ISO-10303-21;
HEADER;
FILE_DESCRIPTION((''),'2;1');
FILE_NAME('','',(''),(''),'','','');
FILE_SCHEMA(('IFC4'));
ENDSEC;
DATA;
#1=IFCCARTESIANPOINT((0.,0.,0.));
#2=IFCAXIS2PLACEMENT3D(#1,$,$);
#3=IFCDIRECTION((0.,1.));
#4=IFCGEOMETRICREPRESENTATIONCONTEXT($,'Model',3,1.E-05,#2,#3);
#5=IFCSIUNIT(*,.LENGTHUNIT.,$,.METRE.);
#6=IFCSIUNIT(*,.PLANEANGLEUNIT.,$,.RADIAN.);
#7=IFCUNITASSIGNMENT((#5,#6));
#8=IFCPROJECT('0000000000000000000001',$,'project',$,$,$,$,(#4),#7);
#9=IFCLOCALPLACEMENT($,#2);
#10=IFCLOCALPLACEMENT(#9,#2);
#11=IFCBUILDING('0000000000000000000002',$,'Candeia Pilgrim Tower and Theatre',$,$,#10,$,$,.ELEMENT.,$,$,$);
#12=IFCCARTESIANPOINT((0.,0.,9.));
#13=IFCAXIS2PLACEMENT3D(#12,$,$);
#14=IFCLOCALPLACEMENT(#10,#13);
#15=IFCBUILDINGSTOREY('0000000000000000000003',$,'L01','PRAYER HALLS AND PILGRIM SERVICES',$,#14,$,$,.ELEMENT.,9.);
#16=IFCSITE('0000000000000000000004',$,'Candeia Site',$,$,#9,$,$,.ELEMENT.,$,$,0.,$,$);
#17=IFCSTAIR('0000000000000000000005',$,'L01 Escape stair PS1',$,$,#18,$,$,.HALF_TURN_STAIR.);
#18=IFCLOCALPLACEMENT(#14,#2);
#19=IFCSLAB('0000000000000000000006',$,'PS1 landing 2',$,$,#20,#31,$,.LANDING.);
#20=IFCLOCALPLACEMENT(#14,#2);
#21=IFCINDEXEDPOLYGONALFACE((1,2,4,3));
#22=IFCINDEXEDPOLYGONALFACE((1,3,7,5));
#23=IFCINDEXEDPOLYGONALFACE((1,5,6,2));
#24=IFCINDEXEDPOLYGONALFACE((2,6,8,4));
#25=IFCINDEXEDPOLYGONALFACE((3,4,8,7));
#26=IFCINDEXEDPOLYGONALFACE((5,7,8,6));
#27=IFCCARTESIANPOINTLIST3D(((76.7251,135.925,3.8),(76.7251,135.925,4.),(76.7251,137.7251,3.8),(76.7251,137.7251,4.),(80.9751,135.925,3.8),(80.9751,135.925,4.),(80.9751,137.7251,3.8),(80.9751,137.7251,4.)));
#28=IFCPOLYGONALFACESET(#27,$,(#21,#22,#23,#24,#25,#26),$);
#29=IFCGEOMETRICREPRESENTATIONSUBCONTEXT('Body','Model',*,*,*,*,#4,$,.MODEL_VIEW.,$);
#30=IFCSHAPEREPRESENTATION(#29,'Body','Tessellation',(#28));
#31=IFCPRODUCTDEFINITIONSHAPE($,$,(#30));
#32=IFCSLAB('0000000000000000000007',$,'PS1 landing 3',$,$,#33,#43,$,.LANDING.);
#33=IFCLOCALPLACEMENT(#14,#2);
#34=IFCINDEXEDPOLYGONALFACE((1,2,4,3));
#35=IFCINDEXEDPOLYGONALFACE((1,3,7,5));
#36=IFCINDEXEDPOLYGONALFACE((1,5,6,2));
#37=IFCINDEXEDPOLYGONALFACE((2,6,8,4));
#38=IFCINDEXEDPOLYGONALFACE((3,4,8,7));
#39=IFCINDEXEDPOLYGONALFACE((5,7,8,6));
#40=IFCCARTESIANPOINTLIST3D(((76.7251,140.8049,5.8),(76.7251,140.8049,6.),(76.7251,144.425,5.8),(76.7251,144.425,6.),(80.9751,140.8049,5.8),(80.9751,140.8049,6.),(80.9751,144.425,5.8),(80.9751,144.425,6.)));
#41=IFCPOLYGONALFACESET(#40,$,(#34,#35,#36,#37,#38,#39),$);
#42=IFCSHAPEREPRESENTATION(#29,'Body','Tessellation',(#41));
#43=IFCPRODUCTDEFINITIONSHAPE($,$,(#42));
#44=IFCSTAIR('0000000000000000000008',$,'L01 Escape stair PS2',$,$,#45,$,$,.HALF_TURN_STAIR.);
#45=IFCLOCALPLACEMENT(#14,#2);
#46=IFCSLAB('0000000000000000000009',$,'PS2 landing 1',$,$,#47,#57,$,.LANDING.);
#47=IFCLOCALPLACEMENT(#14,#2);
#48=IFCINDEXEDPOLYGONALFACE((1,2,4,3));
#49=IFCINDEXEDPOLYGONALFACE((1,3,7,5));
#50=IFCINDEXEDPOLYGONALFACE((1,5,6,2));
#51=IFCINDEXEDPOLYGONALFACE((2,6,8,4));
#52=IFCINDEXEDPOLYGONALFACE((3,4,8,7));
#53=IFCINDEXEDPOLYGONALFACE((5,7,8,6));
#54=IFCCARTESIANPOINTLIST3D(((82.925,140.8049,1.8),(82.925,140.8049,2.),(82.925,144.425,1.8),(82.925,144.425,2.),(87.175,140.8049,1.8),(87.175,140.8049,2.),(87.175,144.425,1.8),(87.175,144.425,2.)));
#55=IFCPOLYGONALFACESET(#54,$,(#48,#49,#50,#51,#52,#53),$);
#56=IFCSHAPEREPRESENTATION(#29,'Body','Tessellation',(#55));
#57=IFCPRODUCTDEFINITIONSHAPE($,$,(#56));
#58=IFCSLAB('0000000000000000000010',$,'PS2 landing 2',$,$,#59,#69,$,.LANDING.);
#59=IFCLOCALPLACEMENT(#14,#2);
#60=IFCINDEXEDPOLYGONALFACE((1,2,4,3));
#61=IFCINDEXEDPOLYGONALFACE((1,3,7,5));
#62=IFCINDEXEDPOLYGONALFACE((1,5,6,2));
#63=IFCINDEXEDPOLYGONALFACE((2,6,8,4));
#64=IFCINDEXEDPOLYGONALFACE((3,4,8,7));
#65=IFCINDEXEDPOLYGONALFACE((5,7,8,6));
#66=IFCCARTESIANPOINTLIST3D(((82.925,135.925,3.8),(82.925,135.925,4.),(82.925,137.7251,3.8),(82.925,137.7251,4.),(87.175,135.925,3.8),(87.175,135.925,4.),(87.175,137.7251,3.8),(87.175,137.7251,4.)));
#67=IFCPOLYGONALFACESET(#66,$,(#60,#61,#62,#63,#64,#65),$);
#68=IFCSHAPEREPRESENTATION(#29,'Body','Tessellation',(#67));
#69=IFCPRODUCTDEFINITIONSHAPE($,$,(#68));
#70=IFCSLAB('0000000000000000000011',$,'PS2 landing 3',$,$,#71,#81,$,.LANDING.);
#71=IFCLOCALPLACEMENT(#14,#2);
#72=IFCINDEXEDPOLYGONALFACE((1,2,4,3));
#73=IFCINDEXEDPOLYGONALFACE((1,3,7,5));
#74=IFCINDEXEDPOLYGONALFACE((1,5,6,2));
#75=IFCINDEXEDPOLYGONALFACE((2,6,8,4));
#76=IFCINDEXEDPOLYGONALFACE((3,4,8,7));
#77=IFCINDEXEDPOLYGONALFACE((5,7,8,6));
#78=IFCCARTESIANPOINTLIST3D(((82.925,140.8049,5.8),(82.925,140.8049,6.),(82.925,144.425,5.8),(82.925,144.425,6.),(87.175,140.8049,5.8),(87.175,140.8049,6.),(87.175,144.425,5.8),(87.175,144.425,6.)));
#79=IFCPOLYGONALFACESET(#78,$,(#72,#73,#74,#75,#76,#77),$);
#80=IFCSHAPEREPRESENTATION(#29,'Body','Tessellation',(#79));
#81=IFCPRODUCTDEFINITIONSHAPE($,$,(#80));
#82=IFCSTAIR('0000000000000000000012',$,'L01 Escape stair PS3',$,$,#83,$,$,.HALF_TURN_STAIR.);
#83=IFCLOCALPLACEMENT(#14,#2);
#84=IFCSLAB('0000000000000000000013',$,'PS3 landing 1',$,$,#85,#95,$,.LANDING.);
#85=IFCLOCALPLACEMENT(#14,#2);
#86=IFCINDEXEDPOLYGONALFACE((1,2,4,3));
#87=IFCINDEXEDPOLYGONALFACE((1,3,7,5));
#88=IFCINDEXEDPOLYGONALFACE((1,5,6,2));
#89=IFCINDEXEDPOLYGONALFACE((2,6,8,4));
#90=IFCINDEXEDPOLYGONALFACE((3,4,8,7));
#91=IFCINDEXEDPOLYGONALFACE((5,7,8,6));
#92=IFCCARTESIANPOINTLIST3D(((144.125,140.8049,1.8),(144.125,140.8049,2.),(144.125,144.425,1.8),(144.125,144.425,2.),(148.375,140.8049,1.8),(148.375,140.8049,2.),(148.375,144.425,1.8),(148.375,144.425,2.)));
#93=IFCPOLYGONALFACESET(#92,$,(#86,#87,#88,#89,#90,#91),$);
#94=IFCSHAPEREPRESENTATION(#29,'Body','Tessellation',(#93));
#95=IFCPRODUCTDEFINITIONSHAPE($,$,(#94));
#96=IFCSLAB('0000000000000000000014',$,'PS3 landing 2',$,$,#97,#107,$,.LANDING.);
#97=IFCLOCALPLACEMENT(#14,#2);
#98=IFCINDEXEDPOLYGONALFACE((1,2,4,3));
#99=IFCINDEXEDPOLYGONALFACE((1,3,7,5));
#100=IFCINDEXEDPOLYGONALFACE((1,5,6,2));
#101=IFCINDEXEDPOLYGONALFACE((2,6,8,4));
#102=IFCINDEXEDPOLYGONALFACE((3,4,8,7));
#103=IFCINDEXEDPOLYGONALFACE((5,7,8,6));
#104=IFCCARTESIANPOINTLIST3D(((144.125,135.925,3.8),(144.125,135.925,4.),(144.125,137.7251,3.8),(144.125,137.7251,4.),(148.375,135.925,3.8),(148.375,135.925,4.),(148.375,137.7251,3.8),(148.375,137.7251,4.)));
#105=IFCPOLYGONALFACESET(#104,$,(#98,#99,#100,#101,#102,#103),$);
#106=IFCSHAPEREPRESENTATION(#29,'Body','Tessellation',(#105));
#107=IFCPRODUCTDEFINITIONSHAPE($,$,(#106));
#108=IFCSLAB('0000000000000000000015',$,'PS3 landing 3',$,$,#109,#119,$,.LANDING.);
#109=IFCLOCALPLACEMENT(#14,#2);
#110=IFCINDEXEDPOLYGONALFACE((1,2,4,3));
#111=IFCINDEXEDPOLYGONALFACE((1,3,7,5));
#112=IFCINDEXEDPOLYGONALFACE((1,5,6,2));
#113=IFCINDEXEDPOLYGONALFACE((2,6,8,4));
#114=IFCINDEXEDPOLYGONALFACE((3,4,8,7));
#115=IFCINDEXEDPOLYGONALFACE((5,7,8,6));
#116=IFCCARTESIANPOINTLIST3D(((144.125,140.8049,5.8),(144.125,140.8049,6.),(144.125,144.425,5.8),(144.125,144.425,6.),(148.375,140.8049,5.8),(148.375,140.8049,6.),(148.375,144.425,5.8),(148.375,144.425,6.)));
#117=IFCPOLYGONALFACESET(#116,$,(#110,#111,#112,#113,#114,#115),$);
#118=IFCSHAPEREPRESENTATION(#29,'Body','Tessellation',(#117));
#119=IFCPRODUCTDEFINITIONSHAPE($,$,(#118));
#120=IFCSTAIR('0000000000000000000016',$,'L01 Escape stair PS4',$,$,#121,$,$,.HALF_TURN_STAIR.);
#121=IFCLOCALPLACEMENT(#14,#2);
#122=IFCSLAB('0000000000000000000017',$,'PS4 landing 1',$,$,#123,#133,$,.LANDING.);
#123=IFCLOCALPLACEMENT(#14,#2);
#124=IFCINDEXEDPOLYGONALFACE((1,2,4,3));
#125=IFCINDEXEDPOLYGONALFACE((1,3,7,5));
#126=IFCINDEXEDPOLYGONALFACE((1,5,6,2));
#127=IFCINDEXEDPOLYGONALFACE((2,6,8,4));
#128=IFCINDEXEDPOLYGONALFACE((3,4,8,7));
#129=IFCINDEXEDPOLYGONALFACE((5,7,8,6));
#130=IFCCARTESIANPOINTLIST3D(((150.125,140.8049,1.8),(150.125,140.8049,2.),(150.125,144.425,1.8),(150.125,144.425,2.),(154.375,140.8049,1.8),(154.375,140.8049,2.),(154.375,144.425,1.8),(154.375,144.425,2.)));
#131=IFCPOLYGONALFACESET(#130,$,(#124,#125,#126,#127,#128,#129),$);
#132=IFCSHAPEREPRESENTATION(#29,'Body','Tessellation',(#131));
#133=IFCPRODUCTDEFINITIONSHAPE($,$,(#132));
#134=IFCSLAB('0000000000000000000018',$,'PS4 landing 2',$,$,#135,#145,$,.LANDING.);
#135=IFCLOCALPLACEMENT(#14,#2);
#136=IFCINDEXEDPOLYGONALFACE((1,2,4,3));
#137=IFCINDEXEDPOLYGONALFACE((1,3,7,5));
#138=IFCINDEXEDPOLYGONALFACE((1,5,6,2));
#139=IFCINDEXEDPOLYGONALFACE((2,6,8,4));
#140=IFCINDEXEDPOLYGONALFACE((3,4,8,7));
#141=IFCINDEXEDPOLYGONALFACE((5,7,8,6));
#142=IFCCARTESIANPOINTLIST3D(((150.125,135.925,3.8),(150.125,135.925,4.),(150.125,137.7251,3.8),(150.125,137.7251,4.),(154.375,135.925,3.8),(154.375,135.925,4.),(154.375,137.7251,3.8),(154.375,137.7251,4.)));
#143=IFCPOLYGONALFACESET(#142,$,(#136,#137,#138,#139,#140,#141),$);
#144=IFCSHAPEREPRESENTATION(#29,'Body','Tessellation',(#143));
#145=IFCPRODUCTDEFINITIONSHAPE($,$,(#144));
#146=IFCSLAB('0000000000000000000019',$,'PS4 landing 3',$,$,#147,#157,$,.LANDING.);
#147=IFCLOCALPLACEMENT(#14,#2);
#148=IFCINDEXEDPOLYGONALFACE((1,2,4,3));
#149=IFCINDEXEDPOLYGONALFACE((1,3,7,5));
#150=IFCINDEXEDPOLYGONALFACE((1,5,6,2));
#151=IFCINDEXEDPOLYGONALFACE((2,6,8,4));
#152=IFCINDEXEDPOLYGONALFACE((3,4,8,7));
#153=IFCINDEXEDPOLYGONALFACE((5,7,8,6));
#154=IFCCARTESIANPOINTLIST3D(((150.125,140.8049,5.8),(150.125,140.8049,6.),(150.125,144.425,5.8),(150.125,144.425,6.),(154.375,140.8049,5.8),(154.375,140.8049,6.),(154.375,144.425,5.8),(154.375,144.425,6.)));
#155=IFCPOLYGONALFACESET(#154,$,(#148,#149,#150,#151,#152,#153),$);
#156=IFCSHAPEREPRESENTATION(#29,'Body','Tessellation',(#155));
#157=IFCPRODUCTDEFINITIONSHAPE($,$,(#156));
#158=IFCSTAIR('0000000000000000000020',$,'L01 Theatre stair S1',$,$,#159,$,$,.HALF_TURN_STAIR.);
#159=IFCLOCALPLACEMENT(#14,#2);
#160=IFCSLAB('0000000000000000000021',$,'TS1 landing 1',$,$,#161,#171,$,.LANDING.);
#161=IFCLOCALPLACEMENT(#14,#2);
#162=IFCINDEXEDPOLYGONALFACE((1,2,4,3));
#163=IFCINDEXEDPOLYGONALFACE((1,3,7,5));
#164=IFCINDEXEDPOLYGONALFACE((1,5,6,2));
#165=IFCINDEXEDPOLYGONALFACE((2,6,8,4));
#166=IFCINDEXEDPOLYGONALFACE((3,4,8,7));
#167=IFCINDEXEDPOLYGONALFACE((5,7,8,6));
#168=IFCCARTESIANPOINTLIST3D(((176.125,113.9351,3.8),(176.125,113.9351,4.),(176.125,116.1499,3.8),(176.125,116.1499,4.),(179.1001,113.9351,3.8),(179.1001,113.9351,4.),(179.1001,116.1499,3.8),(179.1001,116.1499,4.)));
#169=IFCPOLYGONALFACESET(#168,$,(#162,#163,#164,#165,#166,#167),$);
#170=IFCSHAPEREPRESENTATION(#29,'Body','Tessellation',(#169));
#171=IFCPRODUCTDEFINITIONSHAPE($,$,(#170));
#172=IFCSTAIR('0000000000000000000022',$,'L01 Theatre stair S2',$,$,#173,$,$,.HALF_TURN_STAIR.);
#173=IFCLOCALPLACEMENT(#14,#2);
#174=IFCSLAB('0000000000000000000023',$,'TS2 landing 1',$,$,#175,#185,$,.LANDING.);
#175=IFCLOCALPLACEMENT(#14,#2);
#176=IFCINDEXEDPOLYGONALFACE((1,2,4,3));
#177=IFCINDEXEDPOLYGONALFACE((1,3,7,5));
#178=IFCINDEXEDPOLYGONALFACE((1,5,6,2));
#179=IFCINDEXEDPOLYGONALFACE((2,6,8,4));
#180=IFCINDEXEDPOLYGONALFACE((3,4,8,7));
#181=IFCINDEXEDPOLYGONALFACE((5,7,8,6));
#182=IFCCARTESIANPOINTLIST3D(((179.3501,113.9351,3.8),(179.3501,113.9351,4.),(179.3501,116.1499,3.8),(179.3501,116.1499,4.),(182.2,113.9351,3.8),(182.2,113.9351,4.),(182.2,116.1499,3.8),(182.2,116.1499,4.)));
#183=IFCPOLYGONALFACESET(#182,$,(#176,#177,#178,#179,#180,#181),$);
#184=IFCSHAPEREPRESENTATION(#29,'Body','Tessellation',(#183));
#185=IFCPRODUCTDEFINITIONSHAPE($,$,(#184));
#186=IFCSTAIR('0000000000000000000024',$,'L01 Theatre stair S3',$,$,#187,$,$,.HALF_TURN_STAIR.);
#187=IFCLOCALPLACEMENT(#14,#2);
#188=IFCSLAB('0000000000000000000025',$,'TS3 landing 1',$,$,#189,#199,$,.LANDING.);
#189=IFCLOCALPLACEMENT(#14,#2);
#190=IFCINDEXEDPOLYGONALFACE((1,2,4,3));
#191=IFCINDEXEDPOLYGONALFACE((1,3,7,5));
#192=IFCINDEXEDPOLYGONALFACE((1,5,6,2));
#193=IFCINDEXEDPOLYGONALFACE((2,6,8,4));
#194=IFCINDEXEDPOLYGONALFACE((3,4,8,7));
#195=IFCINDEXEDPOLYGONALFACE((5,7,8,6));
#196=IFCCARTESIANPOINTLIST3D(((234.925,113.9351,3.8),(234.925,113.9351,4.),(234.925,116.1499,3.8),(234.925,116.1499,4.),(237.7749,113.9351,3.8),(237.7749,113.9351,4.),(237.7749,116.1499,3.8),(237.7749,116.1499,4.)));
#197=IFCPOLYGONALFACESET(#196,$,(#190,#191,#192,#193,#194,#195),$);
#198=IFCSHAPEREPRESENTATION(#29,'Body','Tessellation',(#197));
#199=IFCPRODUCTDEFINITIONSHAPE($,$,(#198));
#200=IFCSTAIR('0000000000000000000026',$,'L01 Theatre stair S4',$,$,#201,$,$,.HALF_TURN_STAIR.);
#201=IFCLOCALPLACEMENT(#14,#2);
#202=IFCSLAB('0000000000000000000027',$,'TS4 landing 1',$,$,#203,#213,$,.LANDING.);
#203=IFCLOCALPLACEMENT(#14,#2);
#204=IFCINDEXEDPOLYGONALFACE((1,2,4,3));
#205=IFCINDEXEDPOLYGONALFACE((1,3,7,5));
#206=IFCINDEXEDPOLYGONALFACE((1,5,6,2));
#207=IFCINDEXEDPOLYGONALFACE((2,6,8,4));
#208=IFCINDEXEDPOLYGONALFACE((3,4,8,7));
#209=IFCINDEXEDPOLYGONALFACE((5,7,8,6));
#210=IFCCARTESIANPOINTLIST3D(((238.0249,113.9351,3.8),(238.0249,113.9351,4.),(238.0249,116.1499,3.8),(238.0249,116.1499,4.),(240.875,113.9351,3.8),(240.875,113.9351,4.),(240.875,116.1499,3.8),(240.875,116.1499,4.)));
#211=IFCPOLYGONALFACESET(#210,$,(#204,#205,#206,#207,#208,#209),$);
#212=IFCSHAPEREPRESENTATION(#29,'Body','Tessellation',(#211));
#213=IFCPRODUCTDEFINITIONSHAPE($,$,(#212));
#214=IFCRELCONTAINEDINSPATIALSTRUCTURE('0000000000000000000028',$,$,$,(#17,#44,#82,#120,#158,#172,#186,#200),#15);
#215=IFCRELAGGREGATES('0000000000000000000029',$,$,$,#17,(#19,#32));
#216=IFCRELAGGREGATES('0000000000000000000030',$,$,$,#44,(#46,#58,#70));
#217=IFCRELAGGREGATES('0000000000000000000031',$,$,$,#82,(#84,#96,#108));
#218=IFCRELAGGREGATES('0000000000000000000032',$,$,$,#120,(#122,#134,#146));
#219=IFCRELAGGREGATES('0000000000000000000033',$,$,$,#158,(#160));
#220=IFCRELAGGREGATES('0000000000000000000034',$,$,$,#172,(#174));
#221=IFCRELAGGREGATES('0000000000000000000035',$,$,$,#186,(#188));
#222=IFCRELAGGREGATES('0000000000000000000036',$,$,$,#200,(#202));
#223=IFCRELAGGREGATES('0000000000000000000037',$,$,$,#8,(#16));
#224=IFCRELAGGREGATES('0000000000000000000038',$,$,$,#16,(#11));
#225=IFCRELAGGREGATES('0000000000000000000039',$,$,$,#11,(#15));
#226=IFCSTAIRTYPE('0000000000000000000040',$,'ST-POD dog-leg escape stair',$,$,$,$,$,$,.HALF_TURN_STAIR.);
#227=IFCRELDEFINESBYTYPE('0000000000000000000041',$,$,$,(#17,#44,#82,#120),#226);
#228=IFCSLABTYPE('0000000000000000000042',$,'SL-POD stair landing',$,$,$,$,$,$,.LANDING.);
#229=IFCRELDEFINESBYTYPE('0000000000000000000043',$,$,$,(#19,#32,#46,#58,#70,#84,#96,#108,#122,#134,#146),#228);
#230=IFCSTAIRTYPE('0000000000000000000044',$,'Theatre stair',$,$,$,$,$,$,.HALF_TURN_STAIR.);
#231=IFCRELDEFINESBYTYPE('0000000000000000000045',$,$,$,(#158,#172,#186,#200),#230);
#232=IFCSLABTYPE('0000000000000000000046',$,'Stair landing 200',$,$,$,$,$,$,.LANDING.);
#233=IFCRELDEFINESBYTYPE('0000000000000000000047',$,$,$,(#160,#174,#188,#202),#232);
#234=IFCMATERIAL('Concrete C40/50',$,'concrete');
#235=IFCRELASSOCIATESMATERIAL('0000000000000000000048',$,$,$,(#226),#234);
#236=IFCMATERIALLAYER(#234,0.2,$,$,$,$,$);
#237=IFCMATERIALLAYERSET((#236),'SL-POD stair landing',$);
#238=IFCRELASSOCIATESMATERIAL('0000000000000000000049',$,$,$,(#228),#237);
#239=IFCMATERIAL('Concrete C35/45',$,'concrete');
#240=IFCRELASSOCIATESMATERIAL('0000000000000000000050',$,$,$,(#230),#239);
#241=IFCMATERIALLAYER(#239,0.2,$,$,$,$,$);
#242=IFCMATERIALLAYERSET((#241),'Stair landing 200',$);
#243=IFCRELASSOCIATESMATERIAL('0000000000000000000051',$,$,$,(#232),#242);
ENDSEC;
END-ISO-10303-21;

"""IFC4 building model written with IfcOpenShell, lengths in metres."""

from ifc_helpers import new_model, si_unit, direction, frame, origin, place, context, subcontext, project, spatial, polyline, outline, extrude, material, layer, layer_set, type_object, element, aggregate, save


model = new_model("IFC4")

# Units and contexts
model_context = context("Model", 3, precision=1e-05, world=origin(), true_north=direction((0.0, 1.0)))
body_context = subcontext(model_context, "Body", "Model", "MODEL_VIEW")
ifc_project = project(units=[si_unit("LENGTHUNIT", "METRE"), si_unit("PLANEANGLEUNIT", "RADIAN")], contexts=[model_context])

# Site, building, storey
site_placement = place(None, origin())
site = spatial("IfcSite", under=ifc_project, at=site_placement, Name="Candeia Site", CompositionType="ELEMENT", RefElevation=0.0)
building_placement = place(site_placement, origin())
building = spatial("IfcBuilding", under=site, at=building_placement, Name="Candeia Pilgrim Tower and Theatre", CompositionType="ELEMENT")
storey_placement = place(building_placement, frame((0.0, 0.0, 9.0)))
storey = spatial("IfcBuildingStorey", under=building, at=storey_placement, Name="L01", Description="PRAYER HALLS AND PILGRIM SERVICES", CompositionType="ELEMENT", Elevation=9.0)

# Shared definitions
ifc_material_1 = material(Name="Concrete C35/45", Category="concrete")
ifc_material_2 = material(Name="Concrete C40/50", Category="concrete")

# Stairs, slabs
stair_type_1 = type_object("IfcStairType", Name="ST-POD dog-leg escape stair", PredefinedType="HALF_TURN_STAIR", material=ifc_material_2)
stair_1_placement = place(storey_placement, origin())
stair_1 = element("IfcStair", 1, at=stair_1_placement, inside=storey, type_object=stair_type_1, Name="L01 Escape stair PS1", PredefinedType="HALF_TURN_STAIR")
ifc_layer_1 = layer(ifc_material_2, 0.2)
ifc_layer_set_1 = layer_set([ifc_layer_1], Name="SL-POD stair landing")
slab_type_1 = type_object("IfcSlabType", Name="SL-POD stair landing", PredefinedType="LANDING", material=ifc_layer_set_1)
slab_1_placement = place(storey_placement, frame((0.0, 0.0, 3.8)))
slab_1 = element("IfcSlab", 2, at=slab_1_placement, type_object=slab_type_1, Name="PS1 landing 2", PredefinedType="LANDING", context=body_context, shape_type="SweptSolid", body=[
    extrude(outline(polyline([(80.9751, 135.925), (80.9751, 137.7251), (76.7251, 137.7251), (76.7251, 135.925), (80.9751, 135.925)])), origin(), (0.0, 0.0, 1.0), 0.2),
])
slab_2_placement = place(storey_placement, frame((0.0, 0.0, 5.8)))
slab_2 = element("IfcSlab", 3, at=slab_2_placement, type_object=slab_type_1, Name="PS1 landing 3", PredefinedType="LANDING", context=body_context, shape_type="SweptSolid", body=[
    extrude(outline(polyline([(80.9751, 140.8049), (80.9751, 144.425), (76.7251, 144.425), (76.7251, 140.8049), (80.9751, 140.8049)])), origin(), (0.0, 0.0, 1.0), 0.2),
])
aggregate(stair_1, [slab_1, slab_2])
stair_2_placement = place(storey_placement, origin())
stair_2 = element("IfcStair", 4, at=stair_2_placement, inside=storey, type_object=stair_type_1, Name="L01 Escape stair PS2", PredefinedType="HALF_TURN_STAIR")
slab_3_placement = place(storey_placement, frame((0.0, 0.0, 1.8)))
slab_3 = element("IfcSlab", 5, at=slab_3_placement, type_object=slab_type_1, Name="PS2 landing 1", PredefinedType="LANDING", context=body_context, shape_type="SweptSolid", body=[
    extrude(outline(polyline([(87.175, 140.8049), (87.175, 144.425), (82.925, 144.425), (82.925, 140.8049), (87.175, 140.8049)])), origin(), (0.0, 0.0, 1.0), 0.2),
])
slab_4_placement = place(storey_placement, frame((0.0, 0.0, 3.8)))
slab_4 = element("IfcSlab", 6, at=slab_4_placement, type_object=slab_type_1, Name="PS2 landing 2", PredefinedType="LANDING", context=body_context, shape_type="SweptSolid", body=[
    extrude(outline(polyline([(87.175, 135.925), (87.175, 137.7251), (82.925, 137.7251), (82.925, 135.925), (87.175, 135.925)])), origin(), (0.0, 0.0, 1.0), 0.2),
])
slab_5_placement = place(storey_placement, frame((0.0, 0.0, 5.8)))
slab_5 = element("IfcSlab", 7, at=slab_5_placement, type_object=slab_type_1, Name="PS2 landing 3", PredefinedType="LANDING", context=body_context, shape_type="SweptSolid", body=[
    extrude(outline(polyline([(87.175, 140.8049), (87.175, 144.425), (82.925, 144.425), (82.925, 140.8049), (87.175, 140.8049)])), origin(), (0.0, 0.0, 1.0), 0.2),
])
aggregate(stair_2, [slab_3, slab_4, slab_5])
stair_3_placement = place(storey_placement, origin())
stair_3 = element("IfcStair", 8, at=stair_3_placement, inside=storey, type_object=stair_type_1, Name="L01 Escape stair PS3", PredefinedType="HALF_TURN_STAIR")
slab_6_placement = place(storey_placement, frame((0.0, 0.0, 1.8)))
slab_6 = element("IfcSlab", 9, at=slab_6_placement, type_object=slab_type_1, Name="PS3 landing 1", PredefinedType="LANDING", context=body_context, shape_type="SweptSolid", body=[
    extrude(outline(polyline([(148.375, 140.8049), (148.375, 144.425), (144.125, 144.425), (144.125, 140.8049), (148.375, 140.8049)])), origin(), (0.0, 0.0, 1.0), 0.2),
])
slab_7_placement = place(storey_placement, frame((0.0, 0.0, 3.8)))
slab_7 = element("IfcSlab", 10, at=slab_7_placement, type_object=slab_type_1, Name="PS3 landing 2", PredefinedType="LANDING", context=body_context, shape_type="SweptSolid", body=[
    extrude(outline(polyline([(148.375, 135.925), (148.375, 137.7251), (144.125, 137.7251), (144.125, 135.925), (148.375, 135.925)])), origin(), (0.0, 0.0, 1.0), 0.2),
])
slab_8_placement = place(storey_placement, frame((0.0, 0.0, 5.8)))
slab_8 = element("IfcSlab", 11, at=slab_8_placement, type_object=slab_type_1, Name="PS3 landing 3", PredefinedType="LANDING", context=body_context, shape_type="SweptSolid", body=[
    extrude(outline(polyline([(148.375, 140.8049), (148.375, 144.425), (144.125, 144.425), (144.125, 140.8049), (148.375, 140.8049)])), origin(), (0.0, 0.0, 1.0), 0.2),
])
aggregate(stair_3, [slab_6, slab_7, slab_8])
stair_4_placement = place(storey_placement, origin())
stair_4 = element("IfcStair", 12, at=stair_4_placement, inside=storey, type_object=stair_type_1, Name="L01 Escape stair PS4", PredefinedType="HALF_TURN_STAIR")
slab_9_placement = place(storey_placement, frame((0.0, 0.0, 1.8)))
slab_9 = element("IfcSlab", 13, at=slab_9_placement, type_object=slab_type_1, Name="PS4 landing 1", PredefinedType="LANDING", context=body_context, shape_type="SweptSolid", body=[
    extrude(outline(polyline([(154.375, 140.8049), (154.375, 144.425), (150.125, 144.425), (150.125, 140.8049), (154.375, 140.8049)])), origin(), (0.0, 0.0, 1.0), 0.2),
])
slab_10_placement = place(storey_placement, frame((0.0, 0.0, 3.8)))
slab_10 = element("IfcSlab", 14, at=slab_10_placement, type_object=slab_type_1, Name="PS4 landing 2", PredefinedType="LANDING", context=body_context, shape_type="SweptSolid", body=[
    extrude(outline(polyline([(154.375, 135.925), (154.375, 137.7251), (150.125, 137.7251), (150.125, 135.925), (154.375, 135.925)])), origin(), (0.0, 0.0, 1.0), 0.2),
])
slab_11_placement = place(storey_placement, frame((0.0, 0.0, 5.8)))
slab_11 = element("IfcSlab", 15, at=slab_11_placement, type_object=slab_type_1, Name="PS4 landing 3", PredefinedType="LANDING", context=body_context, shape_type="SweptSolid", body=[
    extrude(outline(polyline([(154.375, 140.8049), (154.375, 144.425), (150.125, 144.425), (150.125, 140.8049), (154.375, 140.8049)])), origin(), (0.0, 0.0, 1.0), 0.2),
])
aggregate(stair_4, [slab_9, slab_10, slab_11])

# Stairs, slabs
stair_type_2 = type_object("IfcStairType", Name="Theatre stair", PredefinedType="HALF_TURN_STAIR", material=ifc_material_1)
stair_5_placement = place(storey_placement, origin())
stair_5 = element("IfcStair", 16, at=stair_5_placement, inside=storey, type_object=stair_type_2, Name="L01 Theatre stair S1", PredefinedType="HALF_TURN_STAIR")
ifc_layer_2 = layer(ifc_material_1, 0.2)
ifc_layer_set_2 = layer_set([ifc_layer_2], Name="Stair landing 200")
slab_type_2 = type_object("IfcSlabType", Name="Stair landing 200", PredefinedType="LANDING", material=ifc_layer_set_2)
slab_12_placement = place(storey_placement, frame((0.0, 0.0, 3.8)))
slab_12 = element("IfcSlab", 17, at=slab_12_placement, type_object=slab_type_2, Name="TS1 landing 1", PredefinedType="LANDING", context=body_context, shape_type="SweptSolid", body=[
    extrude(outline(polyline([(179.1001, 113.9351), (179.1001, 116.1499), (176.125, 116.1499), (176.125, 113.9351), (179.1001, 113.9351)])), origin(), (0.0, 0.0, 1.0), 0.2),
])
aggregate(stair_5, [slab_12])
stair_6_placement = place(storey_placement, origin())
stair_6 = element("IfcStair", 18, at=stair_6_placement, inside=storey, type_object=stair_type_2, Name="L01 Theatre stair S2", PredefinedType="HALF_TURN_STAIR")
slab_13_placement = place(storey_placement, frame((0.0, 0.0, 3.8)))
slab_13 = element("IfcSlab", 19, at=slab_13_placement, type_object=slab_type_2, Name="TS2 landing 1", PredefinedType="LANDING", context=body_context, shape_type="SweptSolid", body=[
    extrude(outline(polyline([(182.2, 113.9351), (182.2, 116.1499), (179.3501, 116.1499), (179.3501, 113.9351), (182.2, 113.9351)])), origin(), (0.0, 0.0, 1.0), 0.2),
])
aggregate(stair_6, [slab_13])
stair_7_placement = place(storey_placement, origin())
stair_7 = element("IfcStair", 20, at=stair_7_placement, inside=storey, type_object=stair_type_2, Name="L01 Theatre stair S3", PredefinedType="HALF_TURN_STAIR")
slab_14_placement = place(storey_placement, frame((0.0, 0.0, 3.8)))
slab_14 = element("IfcSlab", 21, at=slab_14_placement, type_object=slab_type_2, Name="TS3 landing 1", PredefinedType="LANDING", context=body_context, shape_type="SweptSolid", body=[
    extrude(outline(polyline([(237.7749, 113.9351), (237.7749, 116.1499), (234.925, 116.1499), (234.925, 113.9351), (237.7749, 113.9351)])), origin(), (0.0, 0.0, 1.0), 0.2),
])
aggregate(stair_7, [slab_14])
stair_8_placement = place(storey_placement, origin())
stair_8 = element("IfcStair", 22, at=stair_8_placement, inside=storey, type_object=stair_type_2, Name="L01 Theatre stair S4", PredefinedType="HALF_TURN_STAIR")
slab_15_placement = place(storey_placement, frame((0.0, 0.0, 3.8)))
slab_15 = element("IfcSlab", 23, at=slab_15_placement, type_object=slab_type_2, Name="TS4 landing 1", PredefinedType="LANDING", context=body_context, shape_type="SweptSolid", body=[
    extrude(outline(polyline([(240.875, 113.9351), (240.875, 116.1499), (238.0249, 116.1499), (238.0249, 113.9351), (240.875, 113.9351)])), origin(), (0.0, 0.0, 1.0), 0.2),
])
aggregate(stair_8, [slab_15])

save(model, "model.ifc")
